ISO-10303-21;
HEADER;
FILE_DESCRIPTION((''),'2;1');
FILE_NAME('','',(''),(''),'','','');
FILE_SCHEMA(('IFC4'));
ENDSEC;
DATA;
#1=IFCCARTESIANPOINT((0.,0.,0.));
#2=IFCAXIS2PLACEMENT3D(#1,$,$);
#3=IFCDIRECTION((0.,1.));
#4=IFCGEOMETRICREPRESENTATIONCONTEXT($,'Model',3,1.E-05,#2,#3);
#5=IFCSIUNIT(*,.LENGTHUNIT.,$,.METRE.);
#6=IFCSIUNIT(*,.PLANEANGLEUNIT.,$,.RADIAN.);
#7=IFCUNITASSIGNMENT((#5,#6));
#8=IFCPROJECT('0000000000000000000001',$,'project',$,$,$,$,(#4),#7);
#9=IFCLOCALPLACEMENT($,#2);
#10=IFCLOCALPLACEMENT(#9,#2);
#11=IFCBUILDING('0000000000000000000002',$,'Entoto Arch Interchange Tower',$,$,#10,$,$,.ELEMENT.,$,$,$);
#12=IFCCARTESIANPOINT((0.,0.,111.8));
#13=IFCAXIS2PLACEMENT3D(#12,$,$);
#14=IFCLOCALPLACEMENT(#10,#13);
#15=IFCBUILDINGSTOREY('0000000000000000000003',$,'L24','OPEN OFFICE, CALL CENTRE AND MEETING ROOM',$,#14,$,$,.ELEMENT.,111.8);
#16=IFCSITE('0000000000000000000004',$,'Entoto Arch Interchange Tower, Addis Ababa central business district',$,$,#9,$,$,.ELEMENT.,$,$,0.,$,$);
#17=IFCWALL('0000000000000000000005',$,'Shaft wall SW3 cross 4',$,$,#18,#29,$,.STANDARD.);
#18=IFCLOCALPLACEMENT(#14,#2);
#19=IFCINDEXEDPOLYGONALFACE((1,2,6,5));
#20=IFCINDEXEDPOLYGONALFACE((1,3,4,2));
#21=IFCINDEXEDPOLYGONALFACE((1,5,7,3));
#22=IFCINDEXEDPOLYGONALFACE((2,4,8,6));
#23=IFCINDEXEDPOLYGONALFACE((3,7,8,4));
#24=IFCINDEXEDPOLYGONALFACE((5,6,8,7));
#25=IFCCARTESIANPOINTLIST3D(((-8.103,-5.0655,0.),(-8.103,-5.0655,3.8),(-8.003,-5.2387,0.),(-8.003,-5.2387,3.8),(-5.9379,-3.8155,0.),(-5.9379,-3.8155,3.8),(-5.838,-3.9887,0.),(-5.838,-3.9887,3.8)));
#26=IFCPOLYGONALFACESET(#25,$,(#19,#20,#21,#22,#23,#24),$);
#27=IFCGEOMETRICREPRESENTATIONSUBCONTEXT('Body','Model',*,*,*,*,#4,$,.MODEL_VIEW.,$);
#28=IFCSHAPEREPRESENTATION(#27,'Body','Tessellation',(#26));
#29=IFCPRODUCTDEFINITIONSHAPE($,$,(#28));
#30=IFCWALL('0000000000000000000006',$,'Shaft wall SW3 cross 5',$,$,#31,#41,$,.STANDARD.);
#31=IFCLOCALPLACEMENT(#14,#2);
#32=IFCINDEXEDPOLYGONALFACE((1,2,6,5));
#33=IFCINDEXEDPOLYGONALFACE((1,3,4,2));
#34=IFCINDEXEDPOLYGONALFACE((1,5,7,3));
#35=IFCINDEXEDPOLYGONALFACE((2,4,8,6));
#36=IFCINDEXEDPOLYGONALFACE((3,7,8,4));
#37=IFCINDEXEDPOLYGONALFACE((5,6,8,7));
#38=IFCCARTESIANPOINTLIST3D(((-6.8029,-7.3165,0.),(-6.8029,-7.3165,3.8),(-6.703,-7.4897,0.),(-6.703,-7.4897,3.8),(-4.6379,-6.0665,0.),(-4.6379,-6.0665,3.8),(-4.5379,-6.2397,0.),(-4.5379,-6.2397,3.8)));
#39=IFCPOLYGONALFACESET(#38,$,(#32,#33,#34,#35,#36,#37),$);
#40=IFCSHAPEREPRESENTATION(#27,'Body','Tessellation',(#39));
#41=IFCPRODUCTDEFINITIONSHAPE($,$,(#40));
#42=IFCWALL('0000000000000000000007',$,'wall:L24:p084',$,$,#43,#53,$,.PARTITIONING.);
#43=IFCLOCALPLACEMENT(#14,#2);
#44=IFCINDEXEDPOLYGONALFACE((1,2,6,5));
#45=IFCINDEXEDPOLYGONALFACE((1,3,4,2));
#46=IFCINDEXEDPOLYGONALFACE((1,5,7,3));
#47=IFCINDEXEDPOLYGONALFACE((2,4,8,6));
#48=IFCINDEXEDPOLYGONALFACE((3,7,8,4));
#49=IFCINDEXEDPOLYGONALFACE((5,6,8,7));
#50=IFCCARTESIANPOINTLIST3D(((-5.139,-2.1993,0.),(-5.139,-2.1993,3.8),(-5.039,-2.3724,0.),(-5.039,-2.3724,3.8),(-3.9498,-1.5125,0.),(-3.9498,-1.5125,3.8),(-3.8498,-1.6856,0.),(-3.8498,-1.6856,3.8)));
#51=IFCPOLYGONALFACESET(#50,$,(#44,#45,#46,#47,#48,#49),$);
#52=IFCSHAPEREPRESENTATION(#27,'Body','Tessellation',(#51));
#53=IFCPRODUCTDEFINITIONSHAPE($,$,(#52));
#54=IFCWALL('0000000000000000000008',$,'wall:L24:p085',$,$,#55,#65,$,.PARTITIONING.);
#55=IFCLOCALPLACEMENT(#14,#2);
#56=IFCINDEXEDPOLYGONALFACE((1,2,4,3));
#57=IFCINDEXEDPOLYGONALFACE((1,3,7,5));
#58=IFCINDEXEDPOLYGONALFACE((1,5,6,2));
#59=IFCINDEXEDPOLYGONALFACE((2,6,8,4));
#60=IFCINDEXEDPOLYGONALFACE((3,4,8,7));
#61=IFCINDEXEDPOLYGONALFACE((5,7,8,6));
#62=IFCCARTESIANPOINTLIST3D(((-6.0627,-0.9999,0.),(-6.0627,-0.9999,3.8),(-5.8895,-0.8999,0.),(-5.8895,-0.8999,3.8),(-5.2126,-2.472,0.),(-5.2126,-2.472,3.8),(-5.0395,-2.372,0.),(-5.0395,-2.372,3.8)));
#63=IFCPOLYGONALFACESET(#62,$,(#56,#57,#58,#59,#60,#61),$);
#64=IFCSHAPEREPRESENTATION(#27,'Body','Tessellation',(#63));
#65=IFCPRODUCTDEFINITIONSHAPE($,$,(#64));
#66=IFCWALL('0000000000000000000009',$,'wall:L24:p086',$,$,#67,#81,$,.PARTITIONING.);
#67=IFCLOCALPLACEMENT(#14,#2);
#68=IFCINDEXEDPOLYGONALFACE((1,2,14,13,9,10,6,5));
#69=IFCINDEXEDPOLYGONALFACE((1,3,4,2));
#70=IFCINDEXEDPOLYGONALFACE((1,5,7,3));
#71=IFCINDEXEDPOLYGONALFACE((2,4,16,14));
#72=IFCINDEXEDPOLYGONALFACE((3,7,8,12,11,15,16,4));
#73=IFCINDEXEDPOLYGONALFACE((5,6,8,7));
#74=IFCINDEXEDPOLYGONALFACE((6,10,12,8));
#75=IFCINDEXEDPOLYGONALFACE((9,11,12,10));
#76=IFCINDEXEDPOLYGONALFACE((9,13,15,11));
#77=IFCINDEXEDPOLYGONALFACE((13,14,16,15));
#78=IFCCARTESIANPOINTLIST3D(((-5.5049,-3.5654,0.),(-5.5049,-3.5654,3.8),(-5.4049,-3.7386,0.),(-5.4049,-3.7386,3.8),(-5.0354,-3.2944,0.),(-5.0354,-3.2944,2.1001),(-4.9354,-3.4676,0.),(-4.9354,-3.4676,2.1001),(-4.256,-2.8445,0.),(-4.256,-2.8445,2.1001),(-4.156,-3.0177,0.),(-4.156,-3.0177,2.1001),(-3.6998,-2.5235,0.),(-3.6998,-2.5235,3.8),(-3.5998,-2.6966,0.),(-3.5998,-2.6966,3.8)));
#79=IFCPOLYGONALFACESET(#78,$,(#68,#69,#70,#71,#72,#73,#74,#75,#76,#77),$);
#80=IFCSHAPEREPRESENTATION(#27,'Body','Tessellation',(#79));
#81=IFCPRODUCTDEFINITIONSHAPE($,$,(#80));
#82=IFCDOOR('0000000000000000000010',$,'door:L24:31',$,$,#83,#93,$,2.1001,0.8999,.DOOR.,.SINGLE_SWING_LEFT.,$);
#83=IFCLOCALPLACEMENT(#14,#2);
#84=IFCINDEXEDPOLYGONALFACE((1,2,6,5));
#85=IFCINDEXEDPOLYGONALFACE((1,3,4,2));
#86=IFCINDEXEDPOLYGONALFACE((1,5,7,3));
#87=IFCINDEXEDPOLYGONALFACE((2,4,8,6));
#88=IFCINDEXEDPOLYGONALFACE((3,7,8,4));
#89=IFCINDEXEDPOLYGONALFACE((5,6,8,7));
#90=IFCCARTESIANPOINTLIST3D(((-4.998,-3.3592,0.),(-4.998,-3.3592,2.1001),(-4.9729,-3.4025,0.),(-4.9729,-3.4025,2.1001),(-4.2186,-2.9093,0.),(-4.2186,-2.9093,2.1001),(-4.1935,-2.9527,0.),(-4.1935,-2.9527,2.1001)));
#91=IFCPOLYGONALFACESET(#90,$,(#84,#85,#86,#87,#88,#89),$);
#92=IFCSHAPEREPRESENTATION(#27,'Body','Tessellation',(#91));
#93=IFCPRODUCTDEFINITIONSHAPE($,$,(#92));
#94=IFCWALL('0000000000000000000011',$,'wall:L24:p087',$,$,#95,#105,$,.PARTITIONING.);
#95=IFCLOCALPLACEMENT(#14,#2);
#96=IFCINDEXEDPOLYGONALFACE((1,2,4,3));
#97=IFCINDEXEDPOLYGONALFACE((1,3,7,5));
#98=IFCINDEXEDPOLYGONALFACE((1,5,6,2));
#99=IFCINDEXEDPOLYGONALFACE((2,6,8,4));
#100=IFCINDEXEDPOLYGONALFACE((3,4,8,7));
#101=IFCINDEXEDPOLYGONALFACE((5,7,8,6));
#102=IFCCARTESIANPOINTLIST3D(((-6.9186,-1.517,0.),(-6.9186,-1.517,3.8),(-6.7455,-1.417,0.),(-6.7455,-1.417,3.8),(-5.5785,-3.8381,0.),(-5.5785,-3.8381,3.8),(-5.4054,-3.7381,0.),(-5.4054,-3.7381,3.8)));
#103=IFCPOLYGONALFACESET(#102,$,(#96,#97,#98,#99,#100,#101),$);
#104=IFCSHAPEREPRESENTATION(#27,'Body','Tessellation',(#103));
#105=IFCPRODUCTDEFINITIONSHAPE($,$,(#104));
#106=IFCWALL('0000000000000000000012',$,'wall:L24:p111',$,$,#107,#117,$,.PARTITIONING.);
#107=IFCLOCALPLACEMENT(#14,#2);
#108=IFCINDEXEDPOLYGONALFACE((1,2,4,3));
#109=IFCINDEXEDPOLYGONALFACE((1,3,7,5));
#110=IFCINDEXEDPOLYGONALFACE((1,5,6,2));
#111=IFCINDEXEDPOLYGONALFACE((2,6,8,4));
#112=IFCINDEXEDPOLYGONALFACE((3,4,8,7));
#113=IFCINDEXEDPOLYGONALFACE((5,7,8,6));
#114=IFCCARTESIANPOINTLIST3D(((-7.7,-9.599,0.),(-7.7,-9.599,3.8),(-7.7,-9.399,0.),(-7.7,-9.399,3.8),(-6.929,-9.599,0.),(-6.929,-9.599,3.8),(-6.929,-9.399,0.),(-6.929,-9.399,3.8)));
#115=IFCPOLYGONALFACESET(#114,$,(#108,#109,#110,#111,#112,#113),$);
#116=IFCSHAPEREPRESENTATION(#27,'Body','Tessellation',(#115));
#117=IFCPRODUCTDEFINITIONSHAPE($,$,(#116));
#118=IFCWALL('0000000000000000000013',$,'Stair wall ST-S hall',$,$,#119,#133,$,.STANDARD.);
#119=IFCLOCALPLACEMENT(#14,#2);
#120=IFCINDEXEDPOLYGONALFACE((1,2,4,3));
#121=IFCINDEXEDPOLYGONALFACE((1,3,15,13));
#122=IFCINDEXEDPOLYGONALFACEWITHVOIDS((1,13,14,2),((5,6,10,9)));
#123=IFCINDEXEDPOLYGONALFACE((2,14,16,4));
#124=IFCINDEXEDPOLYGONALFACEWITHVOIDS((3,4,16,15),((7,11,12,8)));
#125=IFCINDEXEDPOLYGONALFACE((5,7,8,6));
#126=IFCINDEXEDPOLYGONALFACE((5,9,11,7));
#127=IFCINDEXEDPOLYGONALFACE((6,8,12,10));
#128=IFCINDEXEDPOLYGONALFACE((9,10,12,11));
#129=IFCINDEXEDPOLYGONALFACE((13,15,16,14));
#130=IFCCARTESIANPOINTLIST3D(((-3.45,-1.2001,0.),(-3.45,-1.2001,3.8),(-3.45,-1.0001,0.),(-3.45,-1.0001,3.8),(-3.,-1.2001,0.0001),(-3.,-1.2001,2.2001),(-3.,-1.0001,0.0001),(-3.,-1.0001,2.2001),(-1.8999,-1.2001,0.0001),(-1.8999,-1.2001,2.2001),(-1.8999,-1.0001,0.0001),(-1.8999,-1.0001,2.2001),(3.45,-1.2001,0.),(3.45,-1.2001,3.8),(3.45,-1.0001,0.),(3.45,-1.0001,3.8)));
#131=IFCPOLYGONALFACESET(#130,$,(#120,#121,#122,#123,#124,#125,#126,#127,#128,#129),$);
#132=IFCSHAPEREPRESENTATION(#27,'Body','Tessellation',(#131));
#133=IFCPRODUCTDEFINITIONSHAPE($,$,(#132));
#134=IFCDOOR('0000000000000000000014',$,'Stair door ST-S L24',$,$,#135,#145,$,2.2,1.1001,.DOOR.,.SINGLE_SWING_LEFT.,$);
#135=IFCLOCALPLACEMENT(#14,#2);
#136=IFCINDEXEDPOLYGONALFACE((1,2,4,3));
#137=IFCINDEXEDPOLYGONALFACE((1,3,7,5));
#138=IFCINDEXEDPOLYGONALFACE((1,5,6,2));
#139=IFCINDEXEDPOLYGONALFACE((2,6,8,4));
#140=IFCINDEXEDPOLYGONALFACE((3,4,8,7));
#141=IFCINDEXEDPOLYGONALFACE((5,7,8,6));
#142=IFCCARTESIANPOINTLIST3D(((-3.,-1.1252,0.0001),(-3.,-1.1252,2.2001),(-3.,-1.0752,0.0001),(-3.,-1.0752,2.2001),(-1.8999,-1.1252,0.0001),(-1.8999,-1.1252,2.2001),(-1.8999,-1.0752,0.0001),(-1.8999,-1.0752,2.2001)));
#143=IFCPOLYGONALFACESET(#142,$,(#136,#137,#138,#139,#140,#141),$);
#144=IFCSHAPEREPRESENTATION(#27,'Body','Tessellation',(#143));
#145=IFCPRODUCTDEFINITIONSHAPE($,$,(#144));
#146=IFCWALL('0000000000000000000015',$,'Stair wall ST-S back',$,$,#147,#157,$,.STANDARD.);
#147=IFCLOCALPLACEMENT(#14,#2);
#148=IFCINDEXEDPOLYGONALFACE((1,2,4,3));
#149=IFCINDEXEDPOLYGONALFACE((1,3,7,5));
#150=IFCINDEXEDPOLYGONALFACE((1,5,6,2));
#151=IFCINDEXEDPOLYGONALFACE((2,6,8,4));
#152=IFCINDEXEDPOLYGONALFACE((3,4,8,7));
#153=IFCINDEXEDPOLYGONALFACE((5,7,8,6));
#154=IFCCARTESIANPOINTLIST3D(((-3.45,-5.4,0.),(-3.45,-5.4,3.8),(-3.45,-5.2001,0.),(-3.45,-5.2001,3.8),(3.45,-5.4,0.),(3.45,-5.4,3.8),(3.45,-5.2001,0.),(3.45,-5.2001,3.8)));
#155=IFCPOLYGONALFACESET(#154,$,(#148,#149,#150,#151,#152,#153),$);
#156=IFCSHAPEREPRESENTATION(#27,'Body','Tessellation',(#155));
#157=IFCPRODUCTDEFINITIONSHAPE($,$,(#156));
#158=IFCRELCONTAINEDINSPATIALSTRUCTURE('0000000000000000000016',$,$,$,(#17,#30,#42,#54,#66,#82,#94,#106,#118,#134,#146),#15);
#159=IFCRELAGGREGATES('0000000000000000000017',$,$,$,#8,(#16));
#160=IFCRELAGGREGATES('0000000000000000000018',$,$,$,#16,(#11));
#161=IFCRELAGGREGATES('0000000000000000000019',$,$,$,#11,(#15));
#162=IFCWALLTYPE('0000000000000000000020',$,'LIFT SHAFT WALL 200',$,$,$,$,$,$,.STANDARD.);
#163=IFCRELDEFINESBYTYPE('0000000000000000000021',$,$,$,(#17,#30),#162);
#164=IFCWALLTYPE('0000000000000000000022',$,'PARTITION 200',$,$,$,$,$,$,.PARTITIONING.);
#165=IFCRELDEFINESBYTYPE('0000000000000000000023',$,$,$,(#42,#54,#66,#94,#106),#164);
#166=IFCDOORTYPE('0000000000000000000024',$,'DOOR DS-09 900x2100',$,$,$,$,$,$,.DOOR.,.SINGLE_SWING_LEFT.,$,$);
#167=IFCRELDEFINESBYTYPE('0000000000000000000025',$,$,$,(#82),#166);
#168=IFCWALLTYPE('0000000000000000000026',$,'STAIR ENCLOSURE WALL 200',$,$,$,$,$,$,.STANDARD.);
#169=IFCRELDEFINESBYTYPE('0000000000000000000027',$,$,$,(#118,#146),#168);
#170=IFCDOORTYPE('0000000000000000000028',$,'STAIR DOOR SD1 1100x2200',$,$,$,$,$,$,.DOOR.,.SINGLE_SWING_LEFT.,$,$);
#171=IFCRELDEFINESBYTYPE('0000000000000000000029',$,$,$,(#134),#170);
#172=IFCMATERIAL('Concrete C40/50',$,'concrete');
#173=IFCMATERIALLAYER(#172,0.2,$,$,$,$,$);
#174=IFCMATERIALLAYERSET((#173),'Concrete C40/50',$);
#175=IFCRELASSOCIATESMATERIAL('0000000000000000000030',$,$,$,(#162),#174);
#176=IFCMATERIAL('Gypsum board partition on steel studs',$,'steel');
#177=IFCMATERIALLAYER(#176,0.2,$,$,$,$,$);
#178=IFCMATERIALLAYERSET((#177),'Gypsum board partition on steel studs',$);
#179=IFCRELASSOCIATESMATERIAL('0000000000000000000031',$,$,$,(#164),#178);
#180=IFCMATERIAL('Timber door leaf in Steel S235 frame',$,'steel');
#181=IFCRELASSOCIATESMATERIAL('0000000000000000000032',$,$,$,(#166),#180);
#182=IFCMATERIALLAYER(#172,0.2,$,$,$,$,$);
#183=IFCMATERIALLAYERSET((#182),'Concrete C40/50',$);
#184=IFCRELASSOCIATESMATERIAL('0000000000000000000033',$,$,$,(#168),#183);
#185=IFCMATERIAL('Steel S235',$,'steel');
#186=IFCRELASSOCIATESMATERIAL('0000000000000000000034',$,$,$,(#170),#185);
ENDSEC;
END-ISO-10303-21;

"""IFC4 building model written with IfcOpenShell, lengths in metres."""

from ifc_helpers import new_model, si_unit, direction, frame, frame_2d, origin, place, context, subcontext, project, spatial, rectangle, extrude, material, layer, layer_set, type_object, element, fill, save


model = new_model("IFC4")

# Units and contexts
model_context = context("Model", 3, precision=1e-05, world=origin(), true_north=direction((0.0, 1.0)))
body_context = subcontext(model_context, "Body", "Model", "MODEL_VIEW")
ifc_project = project(units=[si_unit("LENGTHUNIT", "METRE"), si_unit("PLANEANGLEUNIT", "RADIAN")], contexts=[model_context])

# Site, building, storey
site_placement = place(None, origin())
site = spatial("IfcSite", under=ifc_project, at=site_placement, Name="Entoto Arch Interchange Tower, Addis Ababa central business district", CompositionType="ELEMENT", RefElevation=0.0)
building_placement = place(site_placement, origin())
building = spatial("IfcBuilding", under=site, at=building_placement, Name="Entoto Arch Interchange Tower", CompositionType="ELEMENT")
storey_placement = place(building_placement, frame((0.0, 0.0, 111.8)))
storey = spatial("IfcBuildingStorey", under=building, at=storey_placement, Name="L24", Description="OPEN OFFICE, CALL CENTRE AND MEETING ROOM", CompositionType="ELEMENT", Elevation=111.8)

# Walls
ifc_material_1 = material(Name="Concrete C40/50", Category="concrete")
ifc_layer_1 = layer(ifc_material_1, 0.2)
ifc_layer_set_1 = layer_set([ifc_layer_1], Name="Concrete C40/50")
wall_type_1 = type_object("IfcWallType", Name="LIFT SHAFT WALL 200", PredefinedType="STANDARD", material=ifc_layer_set_1)
for number, where, z_axis, x_axis, name in (
    (1, (-5.8879, -3.9021, 0.0), (0.0, 0.0, 1.0), (-0.866023, -0.500004, 0.0), "Shaft wall SW3 cross 4"),
    (2, (-4.5879, -6.1531, 0.0), (0.0, 0.0, 1.0), (-0.866023, -0.500004, 0.0), "Shaft wall SW3 cross 5"),
):
    element("IfcWall", number, at=place(storey_placement, frame(where, z_axis=z_axis, x_axis=x_axis)), inside=storey, type_object=wall_type_1, Name=name, PredefinedType="STANDARD", context=body_context, shape_type="SweptSolid", body=[
        extrude(rectangle(XDim=2.5, YDim=0.2, at=frame_2d((1.25, 0.0))), origin(), (0.0, 0.0, 1.0), 3.8),
    ])
ifc_material_2 = material(Name="Gypsum board partition on steel studs", Category="steel")
ifc_layer_2 = layer(ifc_material_2, 0.2)
ifc_layer_set_2 = layer_set([ifc_layer_2], Name="Gypsum board partition on steel studs")
wall_type_2 = type_object("IfcWallType", Name="PARTITION 200", PredefinedType="PARTITIONING", material=ifc_layer_set_2)
wall_1_placement = place(storey_placement, frame((-3.8999, -1.5991, 0.0), z_axis=(0.0, 0.0, 1.0), x_axis=(-0.865969, -0.500097, 0.0)))
element("IfcWall", 3, at=wall_1_placement, inside=storey, type_object=wall_type_2, Name="wall:L24:p084", PredefinedType="PARTITIONING", context=body_context, shape_type="SweptSolid", body=[
    extrude(rectangle(XDim=1.3733, YDim=0.2, at=frame_2d((0.6865, 0.0))), origin(), (0.0, 0.0, 1.0), 3.8),
])
wall_2_placement = place(storey_placement, frame((-5.126, -2.4221, 0.0), z_axis=(0.0, 0.0, 1.0), x_axis=(-0.500062, 0.865989, 0.0)))
element("IfcWall", 4, at=wall_2_placement, inside=storey, type_object=wall_type_2, Name="wall:L24:p085", PredefinedType="PARTITIONING", context=body_context, shape_type="SweptSolid", body=[
    extrude(rectangle(XDim=1.7, YDim=0.2, at=frame_2d((0.8501, 0.0))), origin(), (0.0, 0.0, 1.0), 3.8),
])

# Wall, opening, door
wall_3_placement = place(storey_placement, frame((-3.6499, -2.6101, 0.0), z_axis=(0.0, 0.0, 1.0), x_axis=(-0.866072, -0.499918, 0.0)))
wall_3 = element("IfcWall", 5, at=wall_3_placement, inside=storey, type_object=wall_type_2, Name="wall:L24:p086", PredefinedType="PARTITIONING", context=body_context, shape_type="SweptSolid", body=[
    extrude(rectangle(XDim=2.0842, YDim=0.2, at=frame_2d((1.042, 0.0))), origin(), (0.0, 0.0, 1.0), 3.8),
])
opening_1_placement = place(wall_3_placement, frame((0.6421, 0.0, 0.0)))
opening_1 = element("IfcOpeningElement", 6, at=opening_1_placement, cuts=wall_3, PredefinedType="OPENING", context=body_context, shape_type="SweptSolid", body=[
    extrude(rectangle(XDim=0.8999, YDim=2.1001, at=frame_2d((0.45, 1.05))), frame((0.0, 0.1099, 0.0), z_axis=(0.0, -1.0, 0.0), x_axis=(1.0, 0.0, 0.0)), (0.0, 0.0, 1.0), 0.22),
])
ifc_material_3 = material(Name="Timber door leaf in Steel S235 frame", Category="steel")
door_type_1 = type_object("IfcDoorType", Name="DOOR DS-09 900x2100", OperationType="SINGLE_SWING_LEFT", PredefinedType="DOOR", material=ifc_material_3)
door_1_placement = place(opening_1_placement, origin())
door_1 = element("IfcDoor", 7, at=door_1_placement, inside=storey, type_object=door_type_1, Name="door:L24:31", OperationType="SINGLE_SWING_LEFT", OverallHeight=2.1001, OverallWidth=0.8999, PredefinedType="DOOR", context=body_context, shape_type="SweptSolid", body=[
    extrude(rectangle(XDim=0.8999, YDim=2.1001, at=frame_2d((0.45, 1.05))), frame((0.0, 0.0249, 0.0), z_axis=(0.0, -1.0, 0.0), x_axis=(1.0, 0.0, 0.0)), (0.0, 0.0, 1.0), 0.05),
])
fill(opening_1, door_1)

# Walls
wall_4_placement = place(storey_placement, frame((-5.4919, -3.7881, 0.0), z_axis=(0.0, 0.0, 1.0), x_axis=(-0.500009, 0.86602, 0.0)))
element("IfcWall", 8, at=wall_4_placement, inside=storey, type_object=wall_type_2, Name="wall:L24:p087", PredefinedType="PARTITIONING", context=body_context, shape_type="SweptSolid", body=[
    extrude(rectangle(XDim=2.6802, YDim=0.2, at=frame_2d((1.3401, 0.0))), origin(), (0.0, 0.0, 1.0), 3.8),
])
wall_5_placement = place(storey_placement, frame((-7.7, -9.499, 0.0), z_axis=(0.0, 0.0, 1.0), x_axis=(1.0, 0.0, 0.0)))
element("IfcWall", 9, at=wall_5_placement, inside=storey, type_object=wall_type_2, Name="wall:L24:p111", PredefinedType="PARTITIONING", context=body_context, shape_type="SweptSolid", body=[
    extrude(rectangle(XDim=0.771, YDim=0.2, at=frame_2d((0.3855, 0.0))), origin(), (0.0, 0.0, 1.0), 3.8),
])

# Wall, opening, door
ifc_layer_3 = layer(ifc_material_1, 0.2)
ifc_layer_set_3 = layer_set([ifc_layer_3], Name="Concrete C40/50")
wall_type_3 = type_object("IfcWallType", Name="STAIR ENCLOSURE WALL 200", PredefinedType="STANDARD", material=ifc_layer_set_3)
wall_6_placement = place(storey_placement, frame((-3.45, -1.1001, 0.0), z_axis=(0.0, 0.0, 1.0), x_axis=(1.0, 0.0, 0.0)))
wall_6 = element("IfcWall", 10, at=wall_6_placement, inside=storey, type_object=wall_type_3, Name="Stair wall ST-S hall", PredefinedType="STANDARD", context=body_context, shape_type="SweptSolid", body=[
    extrude(rectangle(XDim=6.8999, YDim=0.2, at=frame_2d((3.45, 0.0))), origin(), (0.0, 0.0, 1.0), 3.8),
])
opening_2_placement = place(wall_6_placement, frame((0.45, 0.0, 0.0)))
opening_2 = element("IfcOpeningElement", 11, at=opening_2_placement, cuts=wall_6, PredefinedType="OPENING", context=body_context, shape_type="SweptSolid", body=[
    extrude(rectangle(XDim=1.1001, YDim=2.2, at=frame_2d((0.55, 1.1001))), frame((0.0, 0.1099, 0.0), z_axis=(0.0, -1.0, 0.0), x_axis=(1.0, 0.0, 0.0)), (0.0, 0.0, 1.0), 0.22),
])
ifc_material_4 = material(Name="Steel S235", Category="steel")
door_type_2 = type_object("IfcDoorType", Name="STAIR DOOR SD1 1100x2200", OperationType="SINGLE_SWING_LEFT", PredefinedType="DOOR", material=ifc_material_4)
door_2_placement = place(opening_2_placement, origin())
door_2 = element("IfcDoor", 12, at=door_2_placement, inside=storey, type_object=door_type_2, Name="Stair door ST-S L24", OperationType="SINGLE_SWING_LEFT", OverallHeight=2.2, OverallWidth=1.1001, PredefinedType="DOOR", context=body_context, shape_type="SweptSolid", body=[
    extrude(rectangle(XDim=1.1001, YDim=2.2, at=frame_2d((0.55, 1.1001))), frame((0.0, 0.0249, 0.0), z_axis=(0.0, -1.0, 0.0), x_axis=(1.0, 0.0, 0.0)), (0.0, 0.0, 1.0), 0.05),
])
fill(opening_2, door_2)

# Wall
wall_7_placement = place(storey_placement, frame((-3.45, -5.3, 0.0), z_axis=(0.0, 0.0, 1.0), x_axis=(1.0, 0.0, 0.0)))
element("IfcWall", 13, at=wall_7_placement, inside=storey, type_object=wall_type_3, Name="Stair wall ST-S back", PredefinedType="STANDARD", context=body_context, shape_type="SweptSolid", body=[
    extrude(rectangle(XDim=6.8999, YDim=0.2, at=frame_2d((3.45, 0.0))), origin(), (0.0, 0.0, 1.0), 3.8),
])

save(model, "model.ifc")
